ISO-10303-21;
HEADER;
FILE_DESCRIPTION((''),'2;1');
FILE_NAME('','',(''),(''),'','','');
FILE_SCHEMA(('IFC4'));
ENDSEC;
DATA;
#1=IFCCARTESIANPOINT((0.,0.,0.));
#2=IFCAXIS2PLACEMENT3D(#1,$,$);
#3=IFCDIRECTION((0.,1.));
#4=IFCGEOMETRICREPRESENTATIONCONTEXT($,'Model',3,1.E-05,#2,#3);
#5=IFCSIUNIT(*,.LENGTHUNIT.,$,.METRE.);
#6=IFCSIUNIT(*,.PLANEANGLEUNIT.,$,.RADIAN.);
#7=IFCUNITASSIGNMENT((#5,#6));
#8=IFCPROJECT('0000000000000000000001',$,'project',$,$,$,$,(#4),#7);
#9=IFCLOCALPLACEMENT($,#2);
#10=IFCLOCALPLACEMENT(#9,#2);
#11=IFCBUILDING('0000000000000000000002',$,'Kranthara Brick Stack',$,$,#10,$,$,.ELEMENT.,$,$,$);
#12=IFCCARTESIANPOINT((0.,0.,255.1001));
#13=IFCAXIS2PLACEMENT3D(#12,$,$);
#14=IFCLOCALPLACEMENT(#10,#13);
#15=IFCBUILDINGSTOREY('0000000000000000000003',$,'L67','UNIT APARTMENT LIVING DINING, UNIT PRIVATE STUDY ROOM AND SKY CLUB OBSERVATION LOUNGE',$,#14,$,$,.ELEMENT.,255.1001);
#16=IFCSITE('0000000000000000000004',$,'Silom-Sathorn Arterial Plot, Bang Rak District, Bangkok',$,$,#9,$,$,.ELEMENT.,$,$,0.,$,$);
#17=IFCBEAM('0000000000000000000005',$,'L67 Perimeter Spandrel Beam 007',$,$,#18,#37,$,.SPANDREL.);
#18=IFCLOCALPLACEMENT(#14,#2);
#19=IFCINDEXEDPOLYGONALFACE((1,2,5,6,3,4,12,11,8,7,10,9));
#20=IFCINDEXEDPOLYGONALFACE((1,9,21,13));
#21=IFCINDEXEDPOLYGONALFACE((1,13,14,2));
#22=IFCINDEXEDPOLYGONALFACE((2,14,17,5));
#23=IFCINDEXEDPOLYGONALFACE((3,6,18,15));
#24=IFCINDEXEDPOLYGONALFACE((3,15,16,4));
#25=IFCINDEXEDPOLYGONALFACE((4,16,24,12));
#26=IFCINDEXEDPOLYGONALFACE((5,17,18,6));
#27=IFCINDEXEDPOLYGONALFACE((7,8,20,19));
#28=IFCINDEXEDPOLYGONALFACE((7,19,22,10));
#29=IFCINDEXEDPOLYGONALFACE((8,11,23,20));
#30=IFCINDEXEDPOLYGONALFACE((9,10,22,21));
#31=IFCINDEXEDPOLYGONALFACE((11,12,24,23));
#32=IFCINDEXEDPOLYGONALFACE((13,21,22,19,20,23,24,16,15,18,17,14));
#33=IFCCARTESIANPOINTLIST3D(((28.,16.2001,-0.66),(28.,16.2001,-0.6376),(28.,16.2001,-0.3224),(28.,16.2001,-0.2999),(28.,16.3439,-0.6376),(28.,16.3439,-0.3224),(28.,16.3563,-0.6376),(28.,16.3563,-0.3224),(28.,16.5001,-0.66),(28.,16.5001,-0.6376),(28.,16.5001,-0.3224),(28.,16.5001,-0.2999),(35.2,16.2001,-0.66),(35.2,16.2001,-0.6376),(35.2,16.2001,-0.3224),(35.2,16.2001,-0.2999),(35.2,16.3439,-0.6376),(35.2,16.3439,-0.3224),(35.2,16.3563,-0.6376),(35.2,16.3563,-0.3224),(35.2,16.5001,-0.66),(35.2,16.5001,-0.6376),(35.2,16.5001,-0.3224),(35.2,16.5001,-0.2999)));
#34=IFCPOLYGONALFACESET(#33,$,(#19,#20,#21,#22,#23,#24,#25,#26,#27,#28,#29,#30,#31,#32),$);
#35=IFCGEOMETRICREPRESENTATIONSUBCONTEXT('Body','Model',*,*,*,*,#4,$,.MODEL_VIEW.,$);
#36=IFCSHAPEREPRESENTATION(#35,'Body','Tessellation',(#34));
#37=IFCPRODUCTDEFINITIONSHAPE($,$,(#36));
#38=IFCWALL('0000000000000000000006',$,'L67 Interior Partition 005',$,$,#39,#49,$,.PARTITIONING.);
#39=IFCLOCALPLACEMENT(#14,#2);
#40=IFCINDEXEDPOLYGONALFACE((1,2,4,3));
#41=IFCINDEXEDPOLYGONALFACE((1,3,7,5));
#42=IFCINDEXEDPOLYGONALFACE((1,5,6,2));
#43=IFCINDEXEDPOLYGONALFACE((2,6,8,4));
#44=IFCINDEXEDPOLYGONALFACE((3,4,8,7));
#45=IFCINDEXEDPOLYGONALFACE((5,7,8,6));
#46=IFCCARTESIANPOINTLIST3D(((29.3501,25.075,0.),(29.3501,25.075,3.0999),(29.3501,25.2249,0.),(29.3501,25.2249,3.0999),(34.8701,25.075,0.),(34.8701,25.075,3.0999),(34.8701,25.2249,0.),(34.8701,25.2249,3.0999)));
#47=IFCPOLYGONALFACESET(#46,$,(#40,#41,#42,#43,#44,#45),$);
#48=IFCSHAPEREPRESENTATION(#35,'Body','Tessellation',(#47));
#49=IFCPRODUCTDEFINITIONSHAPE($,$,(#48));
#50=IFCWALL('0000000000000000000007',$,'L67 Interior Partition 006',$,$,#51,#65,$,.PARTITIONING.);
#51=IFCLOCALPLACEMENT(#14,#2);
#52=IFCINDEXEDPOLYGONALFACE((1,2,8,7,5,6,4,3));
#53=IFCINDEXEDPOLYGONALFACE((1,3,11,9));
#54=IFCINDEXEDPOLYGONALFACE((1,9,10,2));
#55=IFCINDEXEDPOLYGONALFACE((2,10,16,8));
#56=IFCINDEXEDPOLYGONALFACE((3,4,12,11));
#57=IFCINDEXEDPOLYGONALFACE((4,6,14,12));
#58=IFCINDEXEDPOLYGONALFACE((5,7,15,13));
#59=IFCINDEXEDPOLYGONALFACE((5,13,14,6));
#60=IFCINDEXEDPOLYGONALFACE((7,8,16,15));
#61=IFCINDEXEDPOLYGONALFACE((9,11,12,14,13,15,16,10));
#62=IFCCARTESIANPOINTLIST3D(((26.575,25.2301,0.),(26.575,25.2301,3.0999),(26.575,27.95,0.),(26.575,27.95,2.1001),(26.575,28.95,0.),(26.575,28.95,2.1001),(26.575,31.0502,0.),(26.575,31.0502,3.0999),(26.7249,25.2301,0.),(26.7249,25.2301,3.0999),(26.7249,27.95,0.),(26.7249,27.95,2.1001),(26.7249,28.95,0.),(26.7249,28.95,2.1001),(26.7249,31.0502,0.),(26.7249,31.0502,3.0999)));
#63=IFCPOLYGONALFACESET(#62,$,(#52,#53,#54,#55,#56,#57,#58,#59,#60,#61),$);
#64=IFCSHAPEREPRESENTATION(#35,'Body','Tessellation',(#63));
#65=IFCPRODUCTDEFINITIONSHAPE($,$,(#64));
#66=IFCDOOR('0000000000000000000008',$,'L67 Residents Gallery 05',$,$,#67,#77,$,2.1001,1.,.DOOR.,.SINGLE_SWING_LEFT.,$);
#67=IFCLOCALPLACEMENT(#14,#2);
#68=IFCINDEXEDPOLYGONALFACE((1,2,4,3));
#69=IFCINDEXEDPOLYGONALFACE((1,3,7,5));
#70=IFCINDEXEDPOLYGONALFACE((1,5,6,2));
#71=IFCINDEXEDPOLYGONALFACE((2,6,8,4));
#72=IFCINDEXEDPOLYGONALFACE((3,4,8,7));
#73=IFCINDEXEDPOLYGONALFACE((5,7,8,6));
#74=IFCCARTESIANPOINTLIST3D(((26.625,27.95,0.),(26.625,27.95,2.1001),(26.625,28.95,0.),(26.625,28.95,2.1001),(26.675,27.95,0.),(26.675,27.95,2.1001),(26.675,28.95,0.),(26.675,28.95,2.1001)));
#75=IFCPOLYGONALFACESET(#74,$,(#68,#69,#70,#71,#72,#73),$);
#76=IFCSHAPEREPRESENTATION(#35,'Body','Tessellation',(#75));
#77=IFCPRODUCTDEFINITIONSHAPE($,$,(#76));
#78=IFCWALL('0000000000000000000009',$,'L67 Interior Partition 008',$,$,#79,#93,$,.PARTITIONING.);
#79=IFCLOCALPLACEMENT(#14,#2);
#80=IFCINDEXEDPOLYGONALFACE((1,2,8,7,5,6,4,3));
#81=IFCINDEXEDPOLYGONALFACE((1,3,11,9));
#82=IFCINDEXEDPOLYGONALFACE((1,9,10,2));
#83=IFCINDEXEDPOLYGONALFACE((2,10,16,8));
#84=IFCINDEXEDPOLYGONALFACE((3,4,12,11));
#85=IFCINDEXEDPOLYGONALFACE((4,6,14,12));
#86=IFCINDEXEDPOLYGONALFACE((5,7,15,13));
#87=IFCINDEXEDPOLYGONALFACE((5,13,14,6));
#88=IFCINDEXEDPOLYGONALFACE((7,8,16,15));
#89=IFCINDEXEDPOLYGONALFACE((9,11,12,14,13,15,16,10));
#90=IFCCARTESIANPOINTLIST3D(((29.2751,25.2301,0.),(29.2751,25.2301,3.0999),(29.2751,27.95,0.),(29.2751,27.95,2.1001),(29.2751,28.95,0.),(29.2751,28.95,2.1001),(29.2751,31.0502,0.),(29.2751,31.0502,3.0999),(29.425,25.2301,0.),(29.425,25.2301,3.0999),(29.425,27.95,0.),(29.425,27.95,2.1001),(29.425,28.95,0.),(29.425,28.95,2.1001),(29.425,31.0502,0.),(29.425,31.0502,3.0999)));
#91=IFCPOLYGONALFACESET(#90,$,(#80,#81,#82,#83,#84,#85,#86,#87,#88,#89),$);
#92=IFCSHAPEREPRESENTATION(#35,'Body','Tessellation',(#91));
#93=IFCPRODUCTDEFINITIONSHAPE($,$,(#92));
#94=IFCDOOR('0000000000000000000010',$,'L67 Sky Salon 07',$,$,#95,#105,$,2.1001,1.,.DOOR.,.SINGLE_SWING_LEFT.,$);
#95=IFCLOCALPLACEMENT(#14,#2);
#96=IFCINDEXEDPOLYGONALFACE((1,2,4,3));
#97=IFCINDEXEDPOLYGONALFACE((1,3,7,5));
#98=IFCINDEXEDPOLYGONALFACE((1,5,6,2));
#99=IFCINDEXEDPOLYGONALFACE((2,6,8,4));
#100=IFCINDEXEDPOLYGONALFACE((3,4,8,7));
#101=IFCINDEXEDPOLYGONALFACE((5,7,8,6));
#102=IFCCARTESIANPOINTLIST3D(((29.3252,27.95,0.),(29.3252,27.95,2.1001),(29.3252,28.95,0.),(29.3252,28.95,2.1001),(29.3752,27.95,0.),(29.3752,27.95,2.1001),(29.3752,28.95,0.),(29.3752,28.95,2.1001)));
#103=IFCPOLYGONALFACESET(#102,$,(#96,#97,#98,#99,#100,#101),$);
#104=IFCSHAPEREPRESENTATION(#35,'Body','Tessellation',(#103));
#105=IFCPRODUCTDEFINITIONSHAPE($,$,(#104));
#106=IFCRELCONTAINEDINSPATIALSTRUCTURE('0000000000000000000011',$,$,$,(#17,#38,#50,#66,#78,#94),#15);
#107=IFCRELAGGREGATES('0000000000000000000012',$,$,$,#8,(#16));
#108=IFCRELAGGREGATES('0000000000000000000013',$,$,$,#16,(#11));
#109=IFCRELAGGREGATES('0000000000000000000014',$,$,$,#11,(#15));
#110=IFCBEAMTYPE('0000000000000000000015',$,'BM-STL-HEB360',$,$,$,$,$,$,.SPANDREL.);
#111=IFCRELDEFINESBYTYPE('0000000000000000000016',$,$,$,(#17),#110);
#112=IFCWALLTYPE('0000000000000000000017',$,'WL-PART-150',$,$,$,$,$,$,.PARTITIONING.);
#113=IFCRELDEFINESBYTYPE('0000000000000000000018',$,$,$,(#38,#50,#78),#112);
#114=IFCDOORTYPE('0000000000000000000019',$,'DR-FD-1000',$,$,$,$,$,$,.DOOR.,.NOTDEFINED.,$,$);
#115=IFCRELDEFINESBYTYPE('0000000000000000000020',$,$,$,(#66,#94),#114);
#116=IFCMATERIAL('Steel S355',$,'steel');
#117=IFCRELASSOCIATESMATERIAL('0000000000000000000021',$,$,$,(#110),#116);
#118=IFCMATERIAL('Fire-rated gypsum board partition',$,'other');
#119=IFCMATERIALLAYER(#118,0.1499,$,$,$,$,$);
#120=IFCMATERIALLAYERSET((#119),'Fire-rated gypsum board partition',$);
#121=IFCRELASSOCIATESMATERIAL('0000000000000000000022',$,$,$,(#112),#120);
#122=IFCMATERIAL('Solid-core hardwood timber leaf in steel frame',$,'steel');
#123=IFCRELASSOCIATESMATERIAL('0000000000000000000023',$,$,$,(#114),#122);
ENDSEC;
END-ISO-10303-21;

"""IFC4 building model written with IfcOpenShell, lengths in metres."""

from ifc_helpers import new_model, si_unit, direction, frame, frame_2d, origin, origin_2d, place, context, subcontext, project, spatial, rectangle, i_section, extrude, material, layer, layer_set, material_profile, profile_set, type_object, element, fill, save


model = new_model("IFC4")

# Units and contexts
model_context = context("Model", 3, precision=1e-05, world=origin(), true_north=direction((0.0, 1.0)))
body_context = subcontext(model_context, "Body", "Model", "MODEL_VIEW")
ifc_project = project(units=[si_unit("LENGTHUNIT", "METRE"), si_unit("PLANEANGLEUNIT", "RADIAN")], contexts=[model_context])

# Site, building, storey
site_placement = place(None, origin())
site = spatial("IfcSite", under=ifc_project, at=site_placement, Name="Silom-Sathorn Arterial Plot, Bang Rak District, Bangkok", CompositionType="ELEMENT", RefElevation=0.0)
building_placement = place(site_placement, origin())
building = spatial("IfcBuilding", under=site, at=building_placement, Name="Kranthara Brick Stack", CompositionType="ELEMENT")
storey_placement = place(building_placement, frame((0.0, 0.0, 255.1001)))
storey = spatial("IfcBuildingStorey", under=building, at=storey_placement, Name="L67", Description="UNIT APARTMENT LIVING DINING, UNIT PRIVATE STUDY ROOM AND SKY CLUB OBSERVATION LOUNGE", CompositionType="ELEMENT", Elevation=255.1001)

# Beam
ifc_material_1 = material(Name="Steel S355", Category="steel")
ifc_material_profile_1 = material_profile(ifc_material_1, i_section(OverallWidth=0.3, OverallDepth=0.3601, WebThickness=0.0125, FlangeThickness=0.0225, at=origin_2d()), Name="HEB 360")
ifc_profile_set_1 = profile_set([ifc_material_profile_1], Name="Steel S355")
beam_type_1 = type_object("IfcBeamType", Name="BM-STL-HEB360", PredefinedType="SPANDREL", material=ifc_profile_set_1)
beam_1_placement = place(storey_placement, frame((28.0, 16.3501, -0.48), z_axis=(1.0, 0.0, 0.0), x_axis=(0.0, 1.0, 0.0)))
element("IfcBeam", 1, at=beam_1_placement, inside=storey, type_object=beam_type_1, Name="L67 Perimeter Spandrel Beam 007", PredefinedType="SPANDREL", context=body_context, shape_type="SweptSolid", body=[
    extrude(i_section(OverallWidth=0.3, OverallDepth=0.3601, WebThickness=0.0125, FlangeThickness=0.0225, at=origin_2d()), origin(), (0.0, 0.0, 1.0), 7.2),
])

# Wall
ifc_material_2 = material(Name="Fire-rated gypsum board partition", Category="other")
ifc_layer = layer(ifc_material_2, 0.1499)
ifc_layer_set = layer_set([ifc_layer], Name="Fire-rated gypsum board partition")
wall_type = type_object("IfcWallType", Name="WL-PART-150", PredefinedType="PARTITIONING", material=ifc_layer_set)
wall_1_placement = place(storey_placement, frame((29.3501, 25.1499, 0.0), z_axis=(0.0, 0.0, 1.0), x_axis=(1.0, 0.0, 0.0)))
element("IfcWall", 2, at=wall_1_placement, inside=storey, type_object=wall_type, Name="L67 Interior Partition 005", PredefinedType="PARTITIONING", context=body_context, shape_type="SweptSolid", body=[
    extrude(rectangle(XDim=5.52, YDim=0.1499, at=frame_2d((2.76, 0.0))), origin(), (0.0, 0.0, 1.0), 3.0999),
])

# Walls, openings, doors
wall_2_placement = place(storey_placement, frame((26.6499, 25.23, 0.0), z_axis=(0.0, 0.0, 1.0), x_axis=(0.0, 1.0, 0.0)))
wall_2 = element("IfcWall", 3, at=wall_2_placement, inside=storey, type_object=wall_type, Name="L67 Interior Partition 006", PredefinedType="PARTITIONING", context=body_context, shape_type="SweptSolid", body=[
    extrude(rectangle(XDim=5.8201, YDim=0.1499, at=frame_2d((2.9102, 0.0))), origin(), (0.0, 0.0, 1.0), 3.0999),
])
opening_1_placement = place(wall_2_placement, frame((2.72, 0.0, 0.0)))
opening_1 = element("IfcOpeningElement", 4, at=opening_1_placement, cuts=wall_2, PredefinedType="OPENING", context=body_context, shape_type="SweptSolid", body=[
    extrude(rectangle(XDim=1.0, YDim=2.1001, at=frame_2d((0.5, 1.05))), frame((0.0, 0.085, 0.0), z_axis=(0.0, -1.0, 0.0), x_axis=(1.0, 0.0, 0.0)), (0.0, 0.0, 1.0), 0.1699),
])
ifc_material_3 = material(Name="Solid-core hardwood timber leaf in steel frame", Category="steel")
door_type = type_object("IfcDoorType", Name="DR-FD-1000", OperationType="NOTDEFINED", PredefinedType="DOOR", material=ifc_material_3)
door_1_placement = place(opening_1_placement, origin())
door_1 = element("IfcDoor", 5, at=door_1_placement, inside=storey, type_object=door_type, Name="L67 Residents Gallery 05", OperationType="SINGLE_SWING_LEFT", OverallHeight=2.1001, OverallWidth=1.0, PredefinedType="DOOR", context=body_context, shape_type="SweptSolid", body=[
    extrude(rectangle(XDim=1.0, YDim=2.1001, at=frame_2d((0.5, 1.05))), frame((0.0, 0.0249, 0.0), z_axis=(0.0, -1.0, 0.0), x_axis=(1.0, 0.0, 0.0)), (0.0, 0.0, 1.0), 0.05),
])
fill(opening_1, door_1)
wall_3_placement = place(storey_placement, frame((29.3501, 25.23, 0.0), z_axis=(0.0, 0.0, 1.0), x_axis=(0.0, 1.0, 0.0)))
wall_3 = element("IfcWall", 6, at=wall_3_placement, inside=storey, type_object=wall_type, Name="L67 Interior Partition 008", PredefinedType="PARTITIONING", context=body_context, shape_type="SweptSolid", body=[
    extrude(rectangle(XDim=5.8201, YDim=0.1499, at=frame_2d((2.9102, 0.0))), origin(), (0.0, 0.0, 1.0), 3.0999),
])
opening_2_placement = place(wall_3_placement, frame((2.72, 0.0, 0.0)))
opening_2 = element("IfcOpeningElement", 7, at=opening_2_placement, cuts=wall_3, PredefinedType="OPENING", context=body_context, shape_type="SweptSolid", body=[
    extrude(rectangle(XDim=1.0, YDim=2.1001, at=frame_2d((0.5, 1.05))), frame((0.0, 0.085, 0.0), z_axis=(0.0, -1.0, 0.0), x_axis=(1.0, 0.0, 0.0)), (0.0, 0.0, 1.0), 0.1699),
])
door_2_placement = place(opening_2_placement, origin())
door_2 = element("IfcDoor", 8, at=door_2_placement, inside=storey, type_object=door_type, Name="L67 Sky Salon 07", OperationType="SINGLE_SWING_LEFT", OverallHeight=2.1001, OverallWidth=1.0, PredefinedType="DOOR", context=body_context, shape_type="SweptSolid", body=[
    extrude(rectangle(XDim=1.0, YDim=2.1001, at=frame_2d((0.5, 1.05))), frame((0.0, 0.0249, 0.0), z_axis=(0.0, -1.0, 0.0), x_axis=(1.0, 0.0, 0.0)), (0.0, 0.0, 1.0), 0.05),
])
fill(opening_2, door_2)

save(model, "model.ifc")
